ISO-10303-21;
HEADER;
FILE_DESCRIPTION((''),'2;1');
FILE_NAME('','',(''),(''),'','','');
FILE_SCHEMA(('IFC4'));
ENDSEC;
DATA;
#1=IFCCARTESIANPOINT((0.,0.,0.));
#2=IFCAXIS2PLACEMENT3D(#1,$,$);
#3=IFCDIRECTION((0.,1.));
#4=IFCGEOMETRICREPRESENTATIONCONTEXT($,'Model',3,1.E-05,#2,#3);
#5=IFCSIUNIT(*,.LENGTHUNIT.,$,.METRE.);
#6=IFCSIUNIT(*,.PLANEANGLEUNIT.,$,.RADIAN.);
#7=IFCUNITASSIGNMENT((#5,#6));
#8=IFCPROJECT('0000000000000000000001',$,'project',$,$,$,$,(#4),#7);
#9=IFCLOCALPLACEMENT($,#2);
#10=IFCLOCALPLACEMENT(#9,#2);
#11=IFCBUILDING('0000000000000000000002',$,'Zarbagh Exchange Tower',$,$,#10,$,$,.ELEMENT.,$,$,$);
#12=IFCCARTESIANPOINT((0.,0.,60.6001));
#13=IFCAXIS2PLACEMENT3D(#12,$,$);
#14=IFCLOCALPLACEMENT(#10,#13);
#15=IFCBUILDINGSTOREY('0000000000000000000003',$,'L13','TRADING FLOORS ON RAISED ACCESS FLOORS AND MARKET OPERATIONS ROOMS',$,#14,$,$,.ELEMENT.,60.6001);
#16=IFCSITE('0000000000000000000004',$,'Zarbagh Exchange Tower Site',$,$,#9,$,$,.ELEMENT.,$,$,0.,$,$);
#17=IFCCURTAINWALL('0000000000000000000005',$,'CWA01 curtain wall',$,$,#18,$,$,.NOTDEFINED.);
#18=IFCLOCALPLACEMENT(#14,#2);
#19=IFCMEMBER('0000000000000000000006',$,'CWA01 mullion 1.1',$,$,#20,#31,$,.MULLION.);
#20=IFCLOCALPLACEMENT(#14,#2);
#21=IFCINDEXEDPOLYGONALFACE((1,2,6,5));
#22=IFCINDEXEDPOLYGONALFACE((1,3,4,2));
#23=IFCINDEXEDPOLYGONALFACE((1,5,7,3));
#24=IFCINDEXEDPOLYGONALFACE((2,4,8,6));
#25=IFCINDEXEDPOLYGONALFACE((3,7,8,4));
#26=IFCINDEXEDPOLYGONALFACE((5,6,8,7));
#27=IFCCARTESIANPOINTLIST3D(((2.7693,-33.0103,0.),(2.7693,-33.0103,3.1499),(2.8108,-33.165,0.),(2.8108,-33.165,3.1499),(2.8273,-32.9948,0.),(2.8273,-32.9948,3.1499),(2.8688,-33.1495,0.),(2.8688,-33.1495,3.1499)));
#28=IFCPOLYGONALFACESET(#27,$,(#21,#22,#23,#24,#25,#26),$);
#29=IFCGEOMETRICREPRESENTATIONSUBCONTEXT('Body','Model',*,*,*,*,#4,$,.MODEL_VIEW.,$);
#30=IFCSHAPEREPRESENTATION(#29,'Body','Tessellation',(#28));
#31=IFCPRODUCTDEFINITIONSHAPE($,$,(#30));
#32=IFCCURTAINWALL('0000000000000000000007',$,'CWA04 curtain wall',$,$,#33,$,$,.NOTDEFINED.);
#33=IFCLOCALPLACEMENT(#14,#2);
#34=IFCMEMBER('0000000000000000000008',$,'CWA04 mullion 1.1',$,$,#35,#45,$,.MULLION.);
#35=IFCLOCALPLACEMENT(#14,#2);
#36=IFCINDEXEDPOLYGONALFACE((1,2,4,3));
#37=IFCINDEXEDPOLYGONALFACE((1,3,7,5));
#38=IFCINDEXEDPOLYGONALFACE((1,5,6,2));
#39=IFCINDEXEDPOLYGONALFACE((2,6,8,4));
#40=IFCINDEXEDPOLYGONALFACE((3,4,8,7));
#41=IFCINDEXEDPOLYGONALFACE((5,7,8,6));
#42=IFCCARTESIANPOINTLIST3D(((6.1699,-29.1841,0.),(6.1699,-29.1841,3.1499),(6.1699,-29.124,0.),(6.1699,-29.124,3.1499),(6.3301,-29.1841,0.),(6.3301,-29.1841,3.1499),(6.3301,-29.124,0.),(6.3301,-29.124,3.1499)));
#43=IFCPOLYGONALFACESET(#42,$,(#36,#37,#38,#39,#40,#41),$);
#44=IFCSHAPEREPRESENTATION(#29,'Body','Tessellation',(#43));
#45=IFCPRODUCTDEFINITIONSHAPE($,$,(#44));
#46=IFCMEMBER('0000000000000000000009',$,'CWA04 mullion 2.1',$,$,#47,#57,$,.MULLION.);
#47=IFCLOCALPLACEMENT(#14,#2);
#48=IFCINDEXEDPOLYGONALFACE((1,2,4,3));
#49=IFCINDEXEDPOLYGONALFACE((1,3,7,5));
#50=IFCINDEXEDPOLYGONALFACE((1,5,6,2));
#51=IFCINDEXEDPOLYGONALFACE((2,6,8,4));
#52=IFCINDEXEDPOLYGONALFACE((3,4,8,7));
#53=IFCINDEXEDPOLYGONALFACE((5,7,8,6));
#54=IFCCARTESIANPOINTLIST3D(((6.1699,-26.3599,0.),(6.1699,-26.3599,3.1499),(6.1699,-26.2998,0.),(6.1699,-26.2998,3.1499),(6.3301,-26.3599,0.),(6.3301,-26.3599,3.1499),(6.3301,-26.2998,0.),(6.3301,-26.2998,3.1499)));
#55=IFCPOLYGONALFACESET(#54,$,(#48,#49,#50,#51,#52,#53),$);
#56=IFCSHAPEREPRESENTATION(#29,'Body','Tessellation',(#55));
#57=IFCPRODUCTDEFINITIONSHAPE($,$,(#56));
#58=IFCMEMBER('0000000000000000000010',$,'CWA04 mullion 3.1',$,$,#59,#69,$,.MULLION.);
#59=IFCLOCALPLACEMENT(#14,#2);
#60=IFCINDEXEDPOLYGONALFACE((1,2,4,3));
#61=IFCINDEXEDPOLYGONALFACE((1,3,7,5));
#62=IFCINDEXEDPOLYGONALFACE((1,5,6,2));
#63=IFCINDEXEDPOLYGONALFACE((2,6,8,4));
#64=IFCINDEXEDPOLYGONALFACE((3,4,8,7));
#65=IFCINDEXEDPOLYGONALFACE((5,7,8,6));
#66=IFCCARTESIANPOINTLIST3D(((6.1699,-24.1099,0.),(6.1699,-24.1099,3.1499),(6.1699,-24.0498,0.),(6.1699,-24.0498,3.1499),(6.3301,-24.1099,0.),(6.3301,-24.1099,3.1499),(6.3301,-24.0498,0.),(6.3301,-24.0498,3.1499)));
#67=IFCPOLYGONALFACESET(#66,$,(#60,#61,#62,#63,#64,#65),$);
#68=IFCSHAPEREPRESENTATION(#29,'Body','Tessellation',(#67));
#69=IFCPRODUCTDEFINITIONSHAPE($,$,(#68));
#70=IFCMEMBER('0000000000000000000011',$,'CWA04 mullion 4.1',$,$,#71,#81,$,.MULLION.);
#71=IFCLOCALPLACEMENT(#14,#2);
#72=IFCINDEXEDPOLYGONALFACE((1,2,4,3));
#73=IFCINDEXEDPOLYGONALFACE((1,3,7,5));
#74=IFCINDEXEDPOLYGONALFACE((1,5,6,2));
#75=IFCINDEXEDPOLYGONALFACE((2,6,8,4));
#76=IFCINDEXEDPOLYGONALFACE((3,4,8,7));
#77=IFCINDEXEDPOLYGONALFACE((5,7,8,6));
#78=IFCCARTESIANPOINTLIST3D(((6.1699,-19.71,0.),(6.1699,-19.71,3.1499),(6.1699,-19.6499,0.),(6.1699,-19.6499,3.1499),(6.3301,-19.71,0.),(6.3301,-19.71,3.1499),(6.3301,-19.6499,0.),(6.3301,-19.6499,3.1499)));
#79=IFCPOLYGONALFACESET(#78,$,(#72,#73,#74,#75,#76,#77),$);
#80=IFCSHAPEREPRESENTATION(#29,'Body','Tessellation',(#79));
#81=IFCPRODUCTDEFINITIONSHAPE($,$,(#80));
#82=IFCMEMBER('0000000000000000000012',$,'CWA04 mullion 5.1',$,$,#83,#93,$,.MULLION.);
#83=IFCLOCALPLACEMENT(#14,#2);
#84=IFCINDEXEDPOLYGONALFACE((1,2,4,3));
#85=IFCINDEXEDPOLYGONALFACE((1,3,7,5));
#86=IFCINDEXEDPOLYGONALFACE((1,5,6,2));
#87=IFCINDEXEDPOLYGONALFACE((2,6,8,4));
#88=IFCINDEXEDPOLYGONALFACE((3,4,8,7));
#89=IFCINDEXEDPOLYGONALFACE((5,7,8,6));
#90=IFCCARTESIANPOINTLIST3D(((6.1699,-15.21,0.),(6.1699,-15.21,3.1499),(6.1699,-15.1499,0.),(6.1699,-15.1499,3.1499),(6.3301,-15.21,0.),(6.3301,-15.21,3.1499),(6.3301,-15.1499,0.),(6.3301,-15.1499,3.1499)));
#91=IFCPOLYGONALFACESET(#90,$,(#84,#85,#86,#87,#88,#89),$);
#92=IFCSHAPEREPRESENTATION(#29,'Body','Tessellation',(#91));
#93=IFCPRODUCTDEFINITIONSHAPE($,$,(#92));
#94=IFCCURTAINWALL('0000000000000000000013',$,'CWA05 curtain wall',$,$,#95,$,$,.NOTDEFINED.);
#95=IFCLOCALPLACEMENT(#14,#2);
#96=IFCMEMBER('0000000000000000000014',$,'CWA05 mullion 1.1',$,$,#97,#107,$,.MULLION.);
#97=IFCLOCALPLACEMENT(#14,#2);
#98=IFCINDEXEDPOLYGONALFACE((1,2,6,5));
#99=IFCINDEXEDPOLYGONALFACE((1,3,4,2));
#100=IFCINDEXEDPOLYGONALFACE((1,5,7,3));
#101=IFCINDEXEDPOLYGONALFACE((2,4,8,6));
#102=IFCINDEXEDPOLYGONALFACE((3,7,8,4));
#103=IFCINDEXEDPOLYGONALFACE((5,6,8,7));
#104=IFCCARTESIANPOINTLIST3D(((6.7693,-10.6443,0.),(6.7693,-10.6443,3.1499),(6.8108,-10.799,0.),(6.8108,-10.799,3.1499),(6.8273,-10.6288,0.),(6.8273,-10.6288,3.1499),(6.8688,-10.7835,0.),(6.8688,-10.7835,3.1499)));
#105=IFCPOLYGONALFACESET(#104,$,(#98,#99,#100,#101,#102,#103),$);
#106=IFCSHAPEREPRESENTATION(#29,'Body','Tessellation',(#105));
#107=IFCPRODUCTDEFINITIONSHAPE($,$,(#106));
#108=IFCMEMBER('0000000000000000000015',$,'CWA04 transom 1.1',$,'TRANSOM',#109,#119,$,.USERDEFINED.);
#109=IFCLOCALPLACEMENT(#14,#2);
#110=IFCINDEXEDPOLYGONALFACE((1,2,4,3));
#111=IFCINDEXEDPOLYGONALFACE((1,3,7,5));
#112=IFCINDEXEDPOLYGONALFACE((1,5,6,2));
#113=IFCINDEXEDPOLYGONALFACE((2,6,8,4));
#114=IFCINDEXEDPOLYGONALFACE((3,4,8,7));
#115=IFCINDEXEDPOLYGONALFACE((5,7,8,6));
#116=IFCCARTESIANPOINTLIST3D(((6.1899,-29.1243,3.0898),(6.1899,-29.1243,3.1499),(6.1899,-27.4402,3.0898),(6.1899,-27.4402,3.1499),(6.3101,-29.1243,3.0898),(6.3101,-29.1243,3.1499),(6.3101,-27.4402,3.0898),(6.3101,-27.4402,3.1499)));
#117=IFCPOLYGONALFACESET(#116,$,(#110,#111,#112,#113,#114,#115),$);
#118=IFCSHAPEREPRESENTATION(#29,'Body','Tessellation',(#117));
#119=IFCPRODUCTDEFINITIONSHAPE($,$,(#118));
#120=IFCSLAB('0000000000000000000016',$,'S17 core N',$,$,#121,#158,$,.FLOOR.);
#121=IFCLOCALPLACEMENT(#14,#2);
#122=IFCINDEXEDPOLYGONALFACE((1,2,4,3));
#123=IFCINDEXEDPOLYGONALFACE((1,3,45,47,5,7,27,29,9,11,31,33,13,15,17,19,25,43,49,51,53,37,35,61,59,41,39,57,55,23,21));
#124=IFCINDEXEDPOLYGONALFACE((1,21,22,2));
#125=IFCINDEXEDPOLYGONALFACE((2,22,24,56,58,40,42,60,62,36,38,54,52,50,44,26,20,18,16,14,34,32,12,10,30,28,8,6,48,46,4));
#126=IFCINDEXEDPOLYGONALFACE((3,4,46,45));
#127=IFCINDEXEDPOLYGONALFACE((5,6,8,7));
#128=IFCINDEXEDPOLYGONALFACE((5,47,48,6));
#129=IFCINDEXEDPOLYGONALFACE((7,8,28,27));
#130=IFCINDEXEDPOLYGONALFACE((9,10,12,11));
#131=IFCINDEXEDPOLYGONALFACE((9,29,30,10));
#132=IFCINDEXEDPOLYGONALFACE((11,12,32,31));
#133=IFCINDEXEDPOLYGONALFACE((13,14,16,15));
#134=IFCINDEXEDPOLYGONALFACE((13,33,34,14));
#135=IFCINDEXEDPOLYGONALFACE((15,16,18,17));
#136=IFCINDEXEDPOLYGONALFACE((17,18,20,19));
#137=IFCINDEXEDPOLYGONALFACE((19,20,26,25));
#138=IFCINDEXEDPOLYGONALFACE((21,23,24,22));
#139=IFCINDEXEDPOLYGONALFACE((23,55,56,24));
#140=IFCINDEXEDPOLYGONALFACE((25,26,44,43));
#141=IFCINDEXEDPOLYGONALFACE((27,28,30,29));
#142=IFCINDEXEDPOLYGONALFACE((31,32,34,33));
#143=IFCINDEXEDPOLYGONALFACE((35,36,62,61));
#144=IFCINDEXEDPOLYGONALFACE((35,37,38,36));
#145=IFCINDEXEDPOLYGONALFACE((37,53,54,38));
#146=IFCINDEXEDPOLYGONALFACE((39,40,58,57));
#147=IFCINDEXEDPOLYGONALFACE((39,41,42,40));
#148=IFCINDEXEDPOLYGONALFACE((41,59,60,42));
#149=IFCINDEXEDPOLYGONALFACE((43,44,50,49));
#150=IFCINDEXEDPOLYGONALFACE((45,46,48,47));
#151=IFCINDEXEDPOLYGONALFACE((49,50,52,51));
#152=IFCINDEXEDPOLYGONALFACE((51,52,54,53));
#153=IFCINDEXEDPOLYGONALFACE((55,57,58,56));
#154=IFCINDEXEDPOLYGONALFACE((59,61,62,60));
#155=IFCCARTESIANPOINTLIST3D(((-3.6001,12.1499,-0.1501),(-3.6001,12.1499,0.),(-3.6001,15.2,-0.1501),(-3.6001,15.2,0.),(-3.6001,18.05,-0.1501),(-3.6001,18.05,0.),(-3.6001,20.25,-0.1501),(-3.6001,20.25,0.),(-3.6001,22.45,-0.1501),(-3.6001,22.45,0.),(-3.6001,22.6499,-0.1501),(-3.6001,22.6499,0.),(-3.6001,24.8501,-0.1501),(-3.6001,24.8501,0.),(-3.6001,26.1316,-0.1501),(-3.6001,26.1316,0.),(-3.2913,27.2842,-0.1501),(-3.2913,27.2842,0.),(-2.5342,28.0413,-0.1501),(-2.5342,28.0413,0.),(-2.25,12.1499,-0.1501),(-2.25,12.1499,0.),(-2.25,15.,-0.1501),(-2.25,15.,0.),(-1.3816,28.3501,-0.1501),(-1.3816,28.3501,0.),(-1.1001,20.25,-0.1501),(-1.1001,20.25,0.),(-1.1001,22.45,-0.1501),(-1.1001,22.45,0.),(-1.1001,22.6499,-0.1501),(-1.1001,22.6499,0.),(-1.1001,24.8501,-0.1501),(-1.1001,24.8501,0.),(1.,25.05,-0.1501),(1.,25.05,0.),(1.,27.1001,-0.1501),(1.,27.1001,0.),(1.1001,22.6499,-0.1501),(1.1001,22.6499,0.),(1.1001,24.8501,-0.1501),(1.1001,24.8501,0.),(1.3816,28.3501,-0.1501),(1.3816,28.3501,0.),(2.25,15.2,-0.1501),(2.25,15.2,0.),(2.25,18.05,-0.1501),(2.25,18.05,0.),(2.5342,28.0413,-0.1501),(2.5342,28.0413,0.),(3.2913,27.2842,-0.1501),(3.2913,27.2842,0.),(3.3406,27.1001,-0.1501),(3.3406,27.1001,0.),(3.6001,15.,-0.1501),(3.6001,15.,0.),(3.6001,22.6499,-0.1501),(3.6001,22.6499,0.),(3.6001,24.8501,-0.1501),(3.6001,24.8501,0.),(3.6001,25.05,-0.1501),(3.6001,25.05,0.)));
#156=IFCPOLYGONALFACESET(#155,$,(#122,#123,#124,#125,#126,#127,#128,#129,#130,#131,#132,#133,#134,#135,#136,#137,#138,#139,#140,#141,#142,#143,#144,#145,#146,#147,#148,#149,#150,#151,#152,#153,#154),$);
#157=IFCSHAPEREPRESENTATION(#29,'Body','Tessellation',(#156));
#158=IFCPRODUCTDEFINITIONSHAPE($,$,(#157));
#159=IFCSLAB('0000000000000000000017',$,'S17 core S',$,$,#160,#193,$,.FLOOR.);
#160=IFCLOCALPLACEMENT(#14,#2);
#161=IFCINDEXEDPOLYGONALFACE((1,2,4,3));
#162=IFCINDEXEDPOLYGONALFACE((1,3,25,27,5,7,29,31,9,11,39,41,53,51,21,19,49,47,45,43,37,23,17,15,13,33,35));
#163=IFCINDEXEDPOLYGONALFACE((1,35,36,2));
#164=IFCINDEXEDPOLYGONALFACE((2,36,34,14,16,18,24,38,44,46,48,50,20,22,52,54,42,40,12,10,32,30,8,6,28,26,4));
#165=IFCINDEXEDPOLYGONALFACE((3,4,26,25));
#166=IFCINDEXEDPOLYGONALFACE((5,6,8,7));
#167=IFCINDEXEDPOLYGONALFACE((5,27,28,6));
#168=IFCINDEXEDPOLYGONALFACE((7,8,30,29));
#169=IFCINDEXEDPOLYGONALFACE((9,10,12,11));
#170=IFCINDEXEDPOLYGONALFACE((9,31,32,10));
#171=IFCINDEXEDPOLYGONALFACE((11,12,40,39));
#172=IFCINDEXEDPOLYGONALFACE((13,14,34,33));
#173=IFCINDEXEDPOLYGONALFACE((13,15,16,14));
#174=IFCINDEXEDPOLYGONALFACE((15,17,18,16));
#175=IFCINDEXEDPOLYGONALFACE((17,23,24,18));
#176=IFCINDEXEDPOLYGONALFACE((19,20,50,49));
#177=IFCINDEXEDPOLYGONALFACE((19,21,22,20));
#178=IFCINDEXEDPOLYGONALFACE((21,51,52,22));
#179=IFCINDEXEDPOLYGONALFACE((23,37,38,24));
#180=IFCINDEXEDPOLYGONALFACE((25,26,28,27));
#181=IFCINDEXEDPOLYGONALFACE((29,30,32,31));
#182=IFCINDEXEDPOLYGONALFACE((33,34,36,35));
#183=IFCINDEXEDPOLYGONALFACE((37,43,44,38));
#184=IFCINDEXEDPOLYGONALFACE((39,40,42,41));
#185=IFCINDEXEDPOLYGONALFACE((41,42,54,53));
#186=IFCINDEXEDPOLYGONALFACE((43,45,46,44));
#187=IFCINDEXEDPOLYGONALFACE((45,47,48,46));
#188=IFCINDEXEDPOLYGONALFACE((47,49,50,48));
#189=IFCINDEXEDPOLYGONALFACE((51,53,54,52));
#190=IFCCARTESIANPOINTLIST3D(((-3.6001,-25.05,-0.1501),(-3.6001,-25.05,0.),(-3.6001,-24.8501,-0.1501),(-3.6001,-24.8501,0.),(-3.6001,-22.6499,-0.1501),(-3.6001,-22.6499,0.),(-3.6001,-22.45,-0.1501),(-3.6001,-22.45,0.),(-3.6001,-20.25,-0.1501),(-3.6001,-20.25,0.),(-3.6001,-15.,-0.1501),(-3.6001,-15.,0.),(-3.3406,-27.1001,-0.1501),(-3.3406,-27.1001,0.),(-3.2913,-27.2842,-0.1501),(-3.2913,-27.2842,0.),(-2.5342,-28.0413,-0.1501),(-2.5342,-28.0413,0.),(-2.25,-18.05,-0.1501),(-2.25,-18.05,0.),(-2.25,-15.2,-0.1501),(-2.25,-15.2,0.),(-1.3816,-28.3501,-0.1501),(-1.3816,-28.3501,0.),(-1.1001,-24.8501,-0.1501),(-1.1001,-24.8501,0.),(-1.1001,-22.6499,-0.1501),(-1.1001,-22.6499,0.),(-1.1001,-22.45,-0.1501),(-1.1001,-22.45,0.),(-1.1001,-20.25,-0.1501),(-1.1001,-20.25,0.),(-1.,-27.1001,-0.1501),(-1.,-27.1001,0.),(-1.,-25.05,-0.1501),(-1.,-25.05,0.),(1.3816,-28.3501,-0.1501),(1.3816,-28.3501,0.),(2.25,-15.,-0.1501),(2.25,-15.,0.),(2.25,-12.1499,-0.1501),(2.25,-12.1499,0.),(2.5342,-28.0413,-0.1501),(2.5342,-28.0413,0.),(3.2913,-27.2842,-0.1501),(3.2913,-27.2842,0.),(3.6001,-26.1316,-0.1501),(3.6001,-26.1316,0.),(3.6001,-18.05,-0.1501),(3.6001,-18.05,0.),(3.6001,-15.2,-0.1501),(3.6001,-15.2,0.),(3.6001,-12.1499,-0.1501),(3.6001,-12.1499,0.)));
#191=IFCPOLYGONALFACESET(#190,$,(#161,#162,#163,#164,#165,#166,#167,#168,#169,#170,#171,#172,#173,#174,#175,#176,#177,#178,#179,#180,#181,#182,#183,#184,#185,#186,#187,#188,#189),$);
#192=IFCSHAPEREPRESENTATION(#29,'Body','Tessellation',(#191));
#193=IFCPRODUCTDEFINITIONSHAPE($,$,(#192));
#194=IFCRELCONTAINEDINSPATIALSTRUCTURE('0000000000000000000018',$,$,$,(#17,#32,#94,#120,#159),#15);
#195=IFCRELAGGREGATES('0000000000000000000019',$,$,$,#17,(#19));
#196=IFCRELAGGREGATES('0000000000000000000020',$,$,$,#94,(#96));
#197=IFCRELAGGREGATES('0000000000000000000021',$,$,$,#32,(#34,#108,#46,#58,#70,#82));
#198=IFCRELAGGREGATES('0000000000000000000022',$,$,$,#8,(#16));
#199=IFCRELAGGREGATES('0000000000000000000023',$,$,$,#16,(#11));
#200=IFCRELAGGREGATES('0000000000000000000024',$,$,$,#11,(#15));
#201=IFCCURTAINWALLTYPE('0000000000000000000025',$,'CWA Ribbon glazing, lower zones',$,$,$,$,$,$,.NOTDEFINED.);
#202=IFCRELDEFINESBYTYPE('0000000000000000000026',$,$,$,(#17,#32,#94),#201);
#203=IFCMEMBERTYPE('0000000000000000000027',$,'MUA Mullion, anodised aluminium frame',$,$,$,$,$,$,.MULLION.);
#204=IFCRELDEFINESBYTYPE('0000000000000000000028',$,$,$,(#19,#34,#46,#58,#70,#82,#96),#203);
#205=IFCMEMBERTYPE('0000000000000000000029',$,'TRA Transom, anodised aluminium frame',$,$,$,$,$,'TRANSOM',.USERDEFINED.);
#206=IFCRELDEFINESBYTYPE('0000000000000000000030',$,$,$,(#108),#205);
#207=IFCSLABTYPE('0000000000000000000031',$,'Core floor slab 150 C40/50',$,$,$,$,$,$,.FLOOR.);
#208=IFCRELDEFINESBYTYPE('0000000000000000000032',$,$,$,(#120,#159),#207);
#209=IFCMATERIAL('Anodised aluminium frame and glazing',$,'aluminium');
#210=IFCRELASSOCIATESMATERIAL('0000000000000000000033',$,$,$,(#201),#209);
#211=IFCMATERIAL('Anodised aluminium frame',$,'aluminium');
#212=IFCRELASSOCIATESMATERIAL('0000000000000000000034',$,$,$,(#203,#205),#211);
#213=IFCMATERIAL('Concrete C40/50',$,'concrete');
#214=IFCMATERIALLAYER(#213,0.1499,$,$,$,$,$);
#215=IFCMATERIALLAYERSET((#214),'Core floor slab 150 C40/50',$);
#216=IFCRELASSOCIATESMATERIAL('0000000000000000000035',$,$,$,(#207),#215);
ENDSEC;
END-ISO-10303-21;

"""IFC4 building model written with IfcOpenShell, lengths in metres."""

from ifc_helpers import new_model, si_unit, direction, frame, origin, place, context, subcontext, project, spatial, polyline, outline, extrude, source, transform, mapped, material, layer, layer_set, type_object, element, aggregate, save


model = new_model("IFC4")

# Units and contexts
model_context = context("Model", 3, precision=1e-05, world=origin(), true_north=direction((0.0, 1.0)))
body_context = subcontext(model_context, "Body", "Model", "MODEL_VIEW")
ifc_project = project(units=[si_unit("LENGTHUNIT", "METRE"), si_unit("PLANEANGLEUNIT", "RADIAN")], contexts=[model_context])

# Site, building, storey
site_placement = place(None, origin())
site = spatial("IfcSite", under=ifc_project, at=site_placement, Name="Zarbagh Exchange Tower Site", CompositionType="ELEMENT", RefElevation=0.0)
building_placement = place(site_placement, origin())
building = spatial("IfcBuilding", under=site, at=building_placement, Name="Zarbagh Exchange Tower", CompositionType="ELEMENT")
storey_placement = place(building_placement, frame((0.0, 0.0, 60.6001)))
storey = spatial("IfcBuildingStorey", under=building, at=storey_placement, Name="L13", Description="TRADING FLOORS ON RAISED ACCESS FLOORS AND MARKET OPERATIONS ROOMS", CompositionType="ELEMENT", Elevation=60.6001)

# Curtain wall, member
ifc_material_1 = material(Name="Anodised aluminium frame and glazing", Category="aluminium")
curtain_wall_type = type_object("IfcCurtainWallType", Name="CWA Ribbon glazing, lower zones", PredefinedType="NOTDEFINED", material=ifc_material_1)
curtain_wall_1_placement = place(storey_placement, origin())
curtain_wall_1 = element("IfcCurtainWall", 1, at=curtain_wall_1_placement, inside=storey, type_object=curtain_wall_type, Name="CWA01 curtain wall", PredefinedType="NOTDEFINED")
ifc_material_2 = material(Name="Anodised aluminium frame", Category="aluminium")
member_type_1 = type_object("IfcMemberType", Name="MUA Mullion, anodised aluminium frame", PredefinedType="MULLION", material=ifc_material_2)
shared_shape_1 = source(origin(), body_context, "Body", "SweptSolid", [
    extrude(outline(polyline([(0.0, -0.0801), (0.0601, -0.0801), (0.0601, 0.0801), (0.0, 0.0801), (0.0, -0.0801)])), origin(), (0.0, 0.0, 1.0), 3.1499),
])
placement = place(storey_placement, origin())
member_1 = element("IfcMember", 2, at=placement, type_object=member_type_1, Name="CWA01 mullion 1.1", PredefinedType="MULLION", context=body_context, shape_type="MappedRepresentation", body=[
    mapped(shared_shape_1, transform((2.79, -33.0876, 0.0), x_axis=(0.965924, 0.258825, 0.0), y_axis=(-0.258825, 0.965924, 0.0), z_axis=(0.0, 0.0, 1.0))),
])

# Curtain wall, members
curtain_wall_2_placement = place(storey_placement, origin())
curtain_wall_2 = element("IfcCurtainWall", 3, at=curtain_wall_2_placement, inside=storey, type_object=curtain_wall_type, Name="CWA04 curtain wall", PredefinedType="NOTDEFINED")
member_2 = element("IfcMember", 4, at=placement, type_object=member_type_1, Name="CWA04 mullion 1.1", PredefinedType="MULLION", context=body_context, shape_type="MappedRepresentation", body=[
    mapped(shared_shape_1, transform((6.25, -29.1841, 0.0), x_axis=(0.0, 1.0, 0.0), y_axis=(-1.0, 0.0, 0.0), z_axis=(0.0, 0.0, 1.0))),
])
member_3 = element("IfcMember", 5, at=placement, type_object=member_type_1, Name="CWA04 mullion 2.1", PredefinedType="MULLION", context=body_context, shape_type="MappedRepresentation", body=[
    mapped(shared_shape_1, transform((6.25, -26.3599, 0.0), x_axis=(0.0, 1.0, 0.0), y_axis=(-1.0, 0.0, 0.0), z_axis=(0.0, 0.0, 1.0))),
])
member_4 = element("IfcMember", 6, at=placement, type_object=member_type_1, Name="CWA04 mullion 3.1", PredefinedType="MULLION", context=body_context, shape_type="MappedRepresentation", body=[
    mapped(shared_shape_1, transform((6.25, -24.1099, 0.0), x_axis=(0.0, 1.0, 0.0), y_axis=(-1.0, 0.0, 0.0), z_axis=(0.0, 0.0, 1.0))),
])
member_5 = element("IfcMember", 7, at=placement, type_object=member_type_1, Name="CWA04 mullion 4.1", PredefinedType="MULLION", context=body_context, shape_type="MappedRepresentation", body=[
    mapped(shared_shape_1, transform((6.25, -19.71, 0.0), x_axis=(0.0, 1.0, 0.0), y_axis=(-1.0, 0.0, 0.0), z_axis=(0.0, 0.0, 1.0))),
])
member_6 = element("IfcMember", 8, at=placement, type_object=member_type_1, Name="CWA04 mullion 5.1", PredefinedType="MULLION", context=body_context, shape_type="MappedRepresentation", body=[
    mapped(shared_shape_1, transform((6.25, -15.21, 0.0), x_axis=(0.0, 1.0, 0.0), y_axis=(-1.0, 0.0, 0.0), z_axis=(0.0, 0.0, 1.0))),
])

# Curtain wall, member
curtain_wall_3_placement = place(storey_placement, origin())
curtain_wall_3 = element("IfcCurtainWall", 9, at=curtain_wall_3_placement, inside=storey, type_object=curtain_wall_type, Name="CWA05 curtain wall", PredefinedType="NOTDEFINED")
member_7 = element("IfcMember", 10, at=placement, type_object=member_type_1, Name="CWA05 mullion 1.1", PredefinedType="MULLION", context=body_context, shape_type="MappedRepresentation", body=[
    mapped(shared_shape_1, transform((6.79, -10.7217, 0.0), x_axis=(0.965924, 0.258825, 0.0), y_axis=(-0.258825, 0.965924, 0.0), z_axis=(0.0, 0.0, 1.0))),
])

# Member
member_type_2 = type_object("IfcMemberType", Name="TRA Transom, anodised aluminium frame", ElementType="TRANSOM", PredefinedType="USERDEFINED", material=ifc_material_2)
shared_shape_2 = source(origin(), body_context, "Body", "SweptSolid", [
    extrude(outline(polyline([(-0.0601, -0.0601), (0.0, -0.0601), (0.0, 0.0601), (-0.0601, 0.0601), (-0.0601, -0.0601)])), origin(), (0.0, 0.0, 1.0), 1.6841),
])
member_8 = element("IfcMember", 11, at=placement, type_object=member_type_2, Name="CWA04 transom 1.1", ObjectType="TRANSOM", PredefinedType="USERDEFINED", context=body_context, shape_type="MappedRepresentation", body=[
    mapped(shared_shape_2, transform((6.25, -29.1243, 3.1499), x_axis=(0.0, 0.0, 1.0), y_axis=(1.0, 0.0, 0.0), z_axis=(0.0, 1.0, 0.0))),
])

# Slabs
ifc_material_3 = material(Name="Concrete C40/50", Category="concrete")
ifc_layer_1 = layer(ifc_material_3, 0.1499)
ifc_layer_set_1 = layer_set([ifc_layer_1], Name="Core floor slab 150 C40/50")
slab_type = type_object("IfcSlabType", Name="Core floor slab 150 C40/50", PredefinedType="FLOOR", material=ifc_layer_set_1)
slab_1_placement = place(storey_placement, frame((0.0, 0.0, -0.1501)))
element("IfcSlab", 12, at=slab_1_placement, inside=storey, type_object=slab_type, Name="S17 core N", PredefinedType="FLOOR", context=body_context, shape_type="SweptSolid", body=[
    extrude(outline(polyline([(-3.6001, 12.1499), (-3.6001, 15.2), (2.25, 15.2), (2.25, 18.05), (-3.6001, 18.05), (-3.6001, 20.25), (-1.1001, 20.25), (-1.1001, 22.45), (-3.6001, 22.45), (-3.6001, 22.6499), (-1.1001, 22.6499), (-1.1001, 24.8501), (-3.6001, 24.8501), (-3.6001, 26.1316), (-3.2913, 27.2842), (-2.5342, 28.0413), (-1.3816, 28.3501), (1.3816, 28.3501), (2.5342, 28.0413), (3.2913, 27.2842), (3.3406, 27.1001), (1.0, 27.1001), (1.0, 25.05), (3.6001, 25.05), (3.6001, 24.8501), (1.1001, 24.8501), (1.1001, 22.6499), (3.6001, 22.6499), (3.6001, 15.0), (-2.25, 15.0), (-2.25, 12.1499), (-3.6001, 12.1499)])), origin(), (0.0, 0.0, 1.0), 0.1501),
])
slab_2_placement = place(storey_placement, frame((0.0, 0.0, -0.1501)))
element("IfcSlab", 13, at=slab_2_placement, inside=storey, type_object=slab_type, Name="S17 core S", PredefinedType="FLOOR", context=body_context, shape_type="SweptSolid", body=[
    extrude(outline(polyline([(-2.5342, -28.0413), (-3.2913, -27.2842), (-3.3406, -27.1001), (-1.0, -27.1001), (-1.0, -25.05), (-3.6001, -25.05), (-3.6001, -24.8501), (-1.1001, -24.8501), (-1.1001, -22.6499), (-3.6001, -22.6499), (-3.6001, -22.45), (-1.1001, -22.45), (-1.1001, -20.25), (-3.6001, -20.25), (-3.6001, -15.0), (2.25, -15.0), (2.25, -12.1499), (3.6001, -12.1499), (3.6001, -15.2), (-2.25, -15.2), (-2.25, -18.05), (3.6001, -18.05), (3.6001, -26.1316), (3.2913, -27.2842), (2.5342, -28.0413), (1.3816, -28.3501), (-1.3816, -28.3501), (-2.5342, -28.0413)])), origin(), (0.0, 0.0, 1.0), 0.1501),
])

aggregate(curtain_wall_1, [member_1])

aggregate(curtain_wall_3, [member_7])
aggregate(curtain_wall_2, [member_2, member_8, member_3, member_4, member_5, member_6])

save(model, "model.ifc")
